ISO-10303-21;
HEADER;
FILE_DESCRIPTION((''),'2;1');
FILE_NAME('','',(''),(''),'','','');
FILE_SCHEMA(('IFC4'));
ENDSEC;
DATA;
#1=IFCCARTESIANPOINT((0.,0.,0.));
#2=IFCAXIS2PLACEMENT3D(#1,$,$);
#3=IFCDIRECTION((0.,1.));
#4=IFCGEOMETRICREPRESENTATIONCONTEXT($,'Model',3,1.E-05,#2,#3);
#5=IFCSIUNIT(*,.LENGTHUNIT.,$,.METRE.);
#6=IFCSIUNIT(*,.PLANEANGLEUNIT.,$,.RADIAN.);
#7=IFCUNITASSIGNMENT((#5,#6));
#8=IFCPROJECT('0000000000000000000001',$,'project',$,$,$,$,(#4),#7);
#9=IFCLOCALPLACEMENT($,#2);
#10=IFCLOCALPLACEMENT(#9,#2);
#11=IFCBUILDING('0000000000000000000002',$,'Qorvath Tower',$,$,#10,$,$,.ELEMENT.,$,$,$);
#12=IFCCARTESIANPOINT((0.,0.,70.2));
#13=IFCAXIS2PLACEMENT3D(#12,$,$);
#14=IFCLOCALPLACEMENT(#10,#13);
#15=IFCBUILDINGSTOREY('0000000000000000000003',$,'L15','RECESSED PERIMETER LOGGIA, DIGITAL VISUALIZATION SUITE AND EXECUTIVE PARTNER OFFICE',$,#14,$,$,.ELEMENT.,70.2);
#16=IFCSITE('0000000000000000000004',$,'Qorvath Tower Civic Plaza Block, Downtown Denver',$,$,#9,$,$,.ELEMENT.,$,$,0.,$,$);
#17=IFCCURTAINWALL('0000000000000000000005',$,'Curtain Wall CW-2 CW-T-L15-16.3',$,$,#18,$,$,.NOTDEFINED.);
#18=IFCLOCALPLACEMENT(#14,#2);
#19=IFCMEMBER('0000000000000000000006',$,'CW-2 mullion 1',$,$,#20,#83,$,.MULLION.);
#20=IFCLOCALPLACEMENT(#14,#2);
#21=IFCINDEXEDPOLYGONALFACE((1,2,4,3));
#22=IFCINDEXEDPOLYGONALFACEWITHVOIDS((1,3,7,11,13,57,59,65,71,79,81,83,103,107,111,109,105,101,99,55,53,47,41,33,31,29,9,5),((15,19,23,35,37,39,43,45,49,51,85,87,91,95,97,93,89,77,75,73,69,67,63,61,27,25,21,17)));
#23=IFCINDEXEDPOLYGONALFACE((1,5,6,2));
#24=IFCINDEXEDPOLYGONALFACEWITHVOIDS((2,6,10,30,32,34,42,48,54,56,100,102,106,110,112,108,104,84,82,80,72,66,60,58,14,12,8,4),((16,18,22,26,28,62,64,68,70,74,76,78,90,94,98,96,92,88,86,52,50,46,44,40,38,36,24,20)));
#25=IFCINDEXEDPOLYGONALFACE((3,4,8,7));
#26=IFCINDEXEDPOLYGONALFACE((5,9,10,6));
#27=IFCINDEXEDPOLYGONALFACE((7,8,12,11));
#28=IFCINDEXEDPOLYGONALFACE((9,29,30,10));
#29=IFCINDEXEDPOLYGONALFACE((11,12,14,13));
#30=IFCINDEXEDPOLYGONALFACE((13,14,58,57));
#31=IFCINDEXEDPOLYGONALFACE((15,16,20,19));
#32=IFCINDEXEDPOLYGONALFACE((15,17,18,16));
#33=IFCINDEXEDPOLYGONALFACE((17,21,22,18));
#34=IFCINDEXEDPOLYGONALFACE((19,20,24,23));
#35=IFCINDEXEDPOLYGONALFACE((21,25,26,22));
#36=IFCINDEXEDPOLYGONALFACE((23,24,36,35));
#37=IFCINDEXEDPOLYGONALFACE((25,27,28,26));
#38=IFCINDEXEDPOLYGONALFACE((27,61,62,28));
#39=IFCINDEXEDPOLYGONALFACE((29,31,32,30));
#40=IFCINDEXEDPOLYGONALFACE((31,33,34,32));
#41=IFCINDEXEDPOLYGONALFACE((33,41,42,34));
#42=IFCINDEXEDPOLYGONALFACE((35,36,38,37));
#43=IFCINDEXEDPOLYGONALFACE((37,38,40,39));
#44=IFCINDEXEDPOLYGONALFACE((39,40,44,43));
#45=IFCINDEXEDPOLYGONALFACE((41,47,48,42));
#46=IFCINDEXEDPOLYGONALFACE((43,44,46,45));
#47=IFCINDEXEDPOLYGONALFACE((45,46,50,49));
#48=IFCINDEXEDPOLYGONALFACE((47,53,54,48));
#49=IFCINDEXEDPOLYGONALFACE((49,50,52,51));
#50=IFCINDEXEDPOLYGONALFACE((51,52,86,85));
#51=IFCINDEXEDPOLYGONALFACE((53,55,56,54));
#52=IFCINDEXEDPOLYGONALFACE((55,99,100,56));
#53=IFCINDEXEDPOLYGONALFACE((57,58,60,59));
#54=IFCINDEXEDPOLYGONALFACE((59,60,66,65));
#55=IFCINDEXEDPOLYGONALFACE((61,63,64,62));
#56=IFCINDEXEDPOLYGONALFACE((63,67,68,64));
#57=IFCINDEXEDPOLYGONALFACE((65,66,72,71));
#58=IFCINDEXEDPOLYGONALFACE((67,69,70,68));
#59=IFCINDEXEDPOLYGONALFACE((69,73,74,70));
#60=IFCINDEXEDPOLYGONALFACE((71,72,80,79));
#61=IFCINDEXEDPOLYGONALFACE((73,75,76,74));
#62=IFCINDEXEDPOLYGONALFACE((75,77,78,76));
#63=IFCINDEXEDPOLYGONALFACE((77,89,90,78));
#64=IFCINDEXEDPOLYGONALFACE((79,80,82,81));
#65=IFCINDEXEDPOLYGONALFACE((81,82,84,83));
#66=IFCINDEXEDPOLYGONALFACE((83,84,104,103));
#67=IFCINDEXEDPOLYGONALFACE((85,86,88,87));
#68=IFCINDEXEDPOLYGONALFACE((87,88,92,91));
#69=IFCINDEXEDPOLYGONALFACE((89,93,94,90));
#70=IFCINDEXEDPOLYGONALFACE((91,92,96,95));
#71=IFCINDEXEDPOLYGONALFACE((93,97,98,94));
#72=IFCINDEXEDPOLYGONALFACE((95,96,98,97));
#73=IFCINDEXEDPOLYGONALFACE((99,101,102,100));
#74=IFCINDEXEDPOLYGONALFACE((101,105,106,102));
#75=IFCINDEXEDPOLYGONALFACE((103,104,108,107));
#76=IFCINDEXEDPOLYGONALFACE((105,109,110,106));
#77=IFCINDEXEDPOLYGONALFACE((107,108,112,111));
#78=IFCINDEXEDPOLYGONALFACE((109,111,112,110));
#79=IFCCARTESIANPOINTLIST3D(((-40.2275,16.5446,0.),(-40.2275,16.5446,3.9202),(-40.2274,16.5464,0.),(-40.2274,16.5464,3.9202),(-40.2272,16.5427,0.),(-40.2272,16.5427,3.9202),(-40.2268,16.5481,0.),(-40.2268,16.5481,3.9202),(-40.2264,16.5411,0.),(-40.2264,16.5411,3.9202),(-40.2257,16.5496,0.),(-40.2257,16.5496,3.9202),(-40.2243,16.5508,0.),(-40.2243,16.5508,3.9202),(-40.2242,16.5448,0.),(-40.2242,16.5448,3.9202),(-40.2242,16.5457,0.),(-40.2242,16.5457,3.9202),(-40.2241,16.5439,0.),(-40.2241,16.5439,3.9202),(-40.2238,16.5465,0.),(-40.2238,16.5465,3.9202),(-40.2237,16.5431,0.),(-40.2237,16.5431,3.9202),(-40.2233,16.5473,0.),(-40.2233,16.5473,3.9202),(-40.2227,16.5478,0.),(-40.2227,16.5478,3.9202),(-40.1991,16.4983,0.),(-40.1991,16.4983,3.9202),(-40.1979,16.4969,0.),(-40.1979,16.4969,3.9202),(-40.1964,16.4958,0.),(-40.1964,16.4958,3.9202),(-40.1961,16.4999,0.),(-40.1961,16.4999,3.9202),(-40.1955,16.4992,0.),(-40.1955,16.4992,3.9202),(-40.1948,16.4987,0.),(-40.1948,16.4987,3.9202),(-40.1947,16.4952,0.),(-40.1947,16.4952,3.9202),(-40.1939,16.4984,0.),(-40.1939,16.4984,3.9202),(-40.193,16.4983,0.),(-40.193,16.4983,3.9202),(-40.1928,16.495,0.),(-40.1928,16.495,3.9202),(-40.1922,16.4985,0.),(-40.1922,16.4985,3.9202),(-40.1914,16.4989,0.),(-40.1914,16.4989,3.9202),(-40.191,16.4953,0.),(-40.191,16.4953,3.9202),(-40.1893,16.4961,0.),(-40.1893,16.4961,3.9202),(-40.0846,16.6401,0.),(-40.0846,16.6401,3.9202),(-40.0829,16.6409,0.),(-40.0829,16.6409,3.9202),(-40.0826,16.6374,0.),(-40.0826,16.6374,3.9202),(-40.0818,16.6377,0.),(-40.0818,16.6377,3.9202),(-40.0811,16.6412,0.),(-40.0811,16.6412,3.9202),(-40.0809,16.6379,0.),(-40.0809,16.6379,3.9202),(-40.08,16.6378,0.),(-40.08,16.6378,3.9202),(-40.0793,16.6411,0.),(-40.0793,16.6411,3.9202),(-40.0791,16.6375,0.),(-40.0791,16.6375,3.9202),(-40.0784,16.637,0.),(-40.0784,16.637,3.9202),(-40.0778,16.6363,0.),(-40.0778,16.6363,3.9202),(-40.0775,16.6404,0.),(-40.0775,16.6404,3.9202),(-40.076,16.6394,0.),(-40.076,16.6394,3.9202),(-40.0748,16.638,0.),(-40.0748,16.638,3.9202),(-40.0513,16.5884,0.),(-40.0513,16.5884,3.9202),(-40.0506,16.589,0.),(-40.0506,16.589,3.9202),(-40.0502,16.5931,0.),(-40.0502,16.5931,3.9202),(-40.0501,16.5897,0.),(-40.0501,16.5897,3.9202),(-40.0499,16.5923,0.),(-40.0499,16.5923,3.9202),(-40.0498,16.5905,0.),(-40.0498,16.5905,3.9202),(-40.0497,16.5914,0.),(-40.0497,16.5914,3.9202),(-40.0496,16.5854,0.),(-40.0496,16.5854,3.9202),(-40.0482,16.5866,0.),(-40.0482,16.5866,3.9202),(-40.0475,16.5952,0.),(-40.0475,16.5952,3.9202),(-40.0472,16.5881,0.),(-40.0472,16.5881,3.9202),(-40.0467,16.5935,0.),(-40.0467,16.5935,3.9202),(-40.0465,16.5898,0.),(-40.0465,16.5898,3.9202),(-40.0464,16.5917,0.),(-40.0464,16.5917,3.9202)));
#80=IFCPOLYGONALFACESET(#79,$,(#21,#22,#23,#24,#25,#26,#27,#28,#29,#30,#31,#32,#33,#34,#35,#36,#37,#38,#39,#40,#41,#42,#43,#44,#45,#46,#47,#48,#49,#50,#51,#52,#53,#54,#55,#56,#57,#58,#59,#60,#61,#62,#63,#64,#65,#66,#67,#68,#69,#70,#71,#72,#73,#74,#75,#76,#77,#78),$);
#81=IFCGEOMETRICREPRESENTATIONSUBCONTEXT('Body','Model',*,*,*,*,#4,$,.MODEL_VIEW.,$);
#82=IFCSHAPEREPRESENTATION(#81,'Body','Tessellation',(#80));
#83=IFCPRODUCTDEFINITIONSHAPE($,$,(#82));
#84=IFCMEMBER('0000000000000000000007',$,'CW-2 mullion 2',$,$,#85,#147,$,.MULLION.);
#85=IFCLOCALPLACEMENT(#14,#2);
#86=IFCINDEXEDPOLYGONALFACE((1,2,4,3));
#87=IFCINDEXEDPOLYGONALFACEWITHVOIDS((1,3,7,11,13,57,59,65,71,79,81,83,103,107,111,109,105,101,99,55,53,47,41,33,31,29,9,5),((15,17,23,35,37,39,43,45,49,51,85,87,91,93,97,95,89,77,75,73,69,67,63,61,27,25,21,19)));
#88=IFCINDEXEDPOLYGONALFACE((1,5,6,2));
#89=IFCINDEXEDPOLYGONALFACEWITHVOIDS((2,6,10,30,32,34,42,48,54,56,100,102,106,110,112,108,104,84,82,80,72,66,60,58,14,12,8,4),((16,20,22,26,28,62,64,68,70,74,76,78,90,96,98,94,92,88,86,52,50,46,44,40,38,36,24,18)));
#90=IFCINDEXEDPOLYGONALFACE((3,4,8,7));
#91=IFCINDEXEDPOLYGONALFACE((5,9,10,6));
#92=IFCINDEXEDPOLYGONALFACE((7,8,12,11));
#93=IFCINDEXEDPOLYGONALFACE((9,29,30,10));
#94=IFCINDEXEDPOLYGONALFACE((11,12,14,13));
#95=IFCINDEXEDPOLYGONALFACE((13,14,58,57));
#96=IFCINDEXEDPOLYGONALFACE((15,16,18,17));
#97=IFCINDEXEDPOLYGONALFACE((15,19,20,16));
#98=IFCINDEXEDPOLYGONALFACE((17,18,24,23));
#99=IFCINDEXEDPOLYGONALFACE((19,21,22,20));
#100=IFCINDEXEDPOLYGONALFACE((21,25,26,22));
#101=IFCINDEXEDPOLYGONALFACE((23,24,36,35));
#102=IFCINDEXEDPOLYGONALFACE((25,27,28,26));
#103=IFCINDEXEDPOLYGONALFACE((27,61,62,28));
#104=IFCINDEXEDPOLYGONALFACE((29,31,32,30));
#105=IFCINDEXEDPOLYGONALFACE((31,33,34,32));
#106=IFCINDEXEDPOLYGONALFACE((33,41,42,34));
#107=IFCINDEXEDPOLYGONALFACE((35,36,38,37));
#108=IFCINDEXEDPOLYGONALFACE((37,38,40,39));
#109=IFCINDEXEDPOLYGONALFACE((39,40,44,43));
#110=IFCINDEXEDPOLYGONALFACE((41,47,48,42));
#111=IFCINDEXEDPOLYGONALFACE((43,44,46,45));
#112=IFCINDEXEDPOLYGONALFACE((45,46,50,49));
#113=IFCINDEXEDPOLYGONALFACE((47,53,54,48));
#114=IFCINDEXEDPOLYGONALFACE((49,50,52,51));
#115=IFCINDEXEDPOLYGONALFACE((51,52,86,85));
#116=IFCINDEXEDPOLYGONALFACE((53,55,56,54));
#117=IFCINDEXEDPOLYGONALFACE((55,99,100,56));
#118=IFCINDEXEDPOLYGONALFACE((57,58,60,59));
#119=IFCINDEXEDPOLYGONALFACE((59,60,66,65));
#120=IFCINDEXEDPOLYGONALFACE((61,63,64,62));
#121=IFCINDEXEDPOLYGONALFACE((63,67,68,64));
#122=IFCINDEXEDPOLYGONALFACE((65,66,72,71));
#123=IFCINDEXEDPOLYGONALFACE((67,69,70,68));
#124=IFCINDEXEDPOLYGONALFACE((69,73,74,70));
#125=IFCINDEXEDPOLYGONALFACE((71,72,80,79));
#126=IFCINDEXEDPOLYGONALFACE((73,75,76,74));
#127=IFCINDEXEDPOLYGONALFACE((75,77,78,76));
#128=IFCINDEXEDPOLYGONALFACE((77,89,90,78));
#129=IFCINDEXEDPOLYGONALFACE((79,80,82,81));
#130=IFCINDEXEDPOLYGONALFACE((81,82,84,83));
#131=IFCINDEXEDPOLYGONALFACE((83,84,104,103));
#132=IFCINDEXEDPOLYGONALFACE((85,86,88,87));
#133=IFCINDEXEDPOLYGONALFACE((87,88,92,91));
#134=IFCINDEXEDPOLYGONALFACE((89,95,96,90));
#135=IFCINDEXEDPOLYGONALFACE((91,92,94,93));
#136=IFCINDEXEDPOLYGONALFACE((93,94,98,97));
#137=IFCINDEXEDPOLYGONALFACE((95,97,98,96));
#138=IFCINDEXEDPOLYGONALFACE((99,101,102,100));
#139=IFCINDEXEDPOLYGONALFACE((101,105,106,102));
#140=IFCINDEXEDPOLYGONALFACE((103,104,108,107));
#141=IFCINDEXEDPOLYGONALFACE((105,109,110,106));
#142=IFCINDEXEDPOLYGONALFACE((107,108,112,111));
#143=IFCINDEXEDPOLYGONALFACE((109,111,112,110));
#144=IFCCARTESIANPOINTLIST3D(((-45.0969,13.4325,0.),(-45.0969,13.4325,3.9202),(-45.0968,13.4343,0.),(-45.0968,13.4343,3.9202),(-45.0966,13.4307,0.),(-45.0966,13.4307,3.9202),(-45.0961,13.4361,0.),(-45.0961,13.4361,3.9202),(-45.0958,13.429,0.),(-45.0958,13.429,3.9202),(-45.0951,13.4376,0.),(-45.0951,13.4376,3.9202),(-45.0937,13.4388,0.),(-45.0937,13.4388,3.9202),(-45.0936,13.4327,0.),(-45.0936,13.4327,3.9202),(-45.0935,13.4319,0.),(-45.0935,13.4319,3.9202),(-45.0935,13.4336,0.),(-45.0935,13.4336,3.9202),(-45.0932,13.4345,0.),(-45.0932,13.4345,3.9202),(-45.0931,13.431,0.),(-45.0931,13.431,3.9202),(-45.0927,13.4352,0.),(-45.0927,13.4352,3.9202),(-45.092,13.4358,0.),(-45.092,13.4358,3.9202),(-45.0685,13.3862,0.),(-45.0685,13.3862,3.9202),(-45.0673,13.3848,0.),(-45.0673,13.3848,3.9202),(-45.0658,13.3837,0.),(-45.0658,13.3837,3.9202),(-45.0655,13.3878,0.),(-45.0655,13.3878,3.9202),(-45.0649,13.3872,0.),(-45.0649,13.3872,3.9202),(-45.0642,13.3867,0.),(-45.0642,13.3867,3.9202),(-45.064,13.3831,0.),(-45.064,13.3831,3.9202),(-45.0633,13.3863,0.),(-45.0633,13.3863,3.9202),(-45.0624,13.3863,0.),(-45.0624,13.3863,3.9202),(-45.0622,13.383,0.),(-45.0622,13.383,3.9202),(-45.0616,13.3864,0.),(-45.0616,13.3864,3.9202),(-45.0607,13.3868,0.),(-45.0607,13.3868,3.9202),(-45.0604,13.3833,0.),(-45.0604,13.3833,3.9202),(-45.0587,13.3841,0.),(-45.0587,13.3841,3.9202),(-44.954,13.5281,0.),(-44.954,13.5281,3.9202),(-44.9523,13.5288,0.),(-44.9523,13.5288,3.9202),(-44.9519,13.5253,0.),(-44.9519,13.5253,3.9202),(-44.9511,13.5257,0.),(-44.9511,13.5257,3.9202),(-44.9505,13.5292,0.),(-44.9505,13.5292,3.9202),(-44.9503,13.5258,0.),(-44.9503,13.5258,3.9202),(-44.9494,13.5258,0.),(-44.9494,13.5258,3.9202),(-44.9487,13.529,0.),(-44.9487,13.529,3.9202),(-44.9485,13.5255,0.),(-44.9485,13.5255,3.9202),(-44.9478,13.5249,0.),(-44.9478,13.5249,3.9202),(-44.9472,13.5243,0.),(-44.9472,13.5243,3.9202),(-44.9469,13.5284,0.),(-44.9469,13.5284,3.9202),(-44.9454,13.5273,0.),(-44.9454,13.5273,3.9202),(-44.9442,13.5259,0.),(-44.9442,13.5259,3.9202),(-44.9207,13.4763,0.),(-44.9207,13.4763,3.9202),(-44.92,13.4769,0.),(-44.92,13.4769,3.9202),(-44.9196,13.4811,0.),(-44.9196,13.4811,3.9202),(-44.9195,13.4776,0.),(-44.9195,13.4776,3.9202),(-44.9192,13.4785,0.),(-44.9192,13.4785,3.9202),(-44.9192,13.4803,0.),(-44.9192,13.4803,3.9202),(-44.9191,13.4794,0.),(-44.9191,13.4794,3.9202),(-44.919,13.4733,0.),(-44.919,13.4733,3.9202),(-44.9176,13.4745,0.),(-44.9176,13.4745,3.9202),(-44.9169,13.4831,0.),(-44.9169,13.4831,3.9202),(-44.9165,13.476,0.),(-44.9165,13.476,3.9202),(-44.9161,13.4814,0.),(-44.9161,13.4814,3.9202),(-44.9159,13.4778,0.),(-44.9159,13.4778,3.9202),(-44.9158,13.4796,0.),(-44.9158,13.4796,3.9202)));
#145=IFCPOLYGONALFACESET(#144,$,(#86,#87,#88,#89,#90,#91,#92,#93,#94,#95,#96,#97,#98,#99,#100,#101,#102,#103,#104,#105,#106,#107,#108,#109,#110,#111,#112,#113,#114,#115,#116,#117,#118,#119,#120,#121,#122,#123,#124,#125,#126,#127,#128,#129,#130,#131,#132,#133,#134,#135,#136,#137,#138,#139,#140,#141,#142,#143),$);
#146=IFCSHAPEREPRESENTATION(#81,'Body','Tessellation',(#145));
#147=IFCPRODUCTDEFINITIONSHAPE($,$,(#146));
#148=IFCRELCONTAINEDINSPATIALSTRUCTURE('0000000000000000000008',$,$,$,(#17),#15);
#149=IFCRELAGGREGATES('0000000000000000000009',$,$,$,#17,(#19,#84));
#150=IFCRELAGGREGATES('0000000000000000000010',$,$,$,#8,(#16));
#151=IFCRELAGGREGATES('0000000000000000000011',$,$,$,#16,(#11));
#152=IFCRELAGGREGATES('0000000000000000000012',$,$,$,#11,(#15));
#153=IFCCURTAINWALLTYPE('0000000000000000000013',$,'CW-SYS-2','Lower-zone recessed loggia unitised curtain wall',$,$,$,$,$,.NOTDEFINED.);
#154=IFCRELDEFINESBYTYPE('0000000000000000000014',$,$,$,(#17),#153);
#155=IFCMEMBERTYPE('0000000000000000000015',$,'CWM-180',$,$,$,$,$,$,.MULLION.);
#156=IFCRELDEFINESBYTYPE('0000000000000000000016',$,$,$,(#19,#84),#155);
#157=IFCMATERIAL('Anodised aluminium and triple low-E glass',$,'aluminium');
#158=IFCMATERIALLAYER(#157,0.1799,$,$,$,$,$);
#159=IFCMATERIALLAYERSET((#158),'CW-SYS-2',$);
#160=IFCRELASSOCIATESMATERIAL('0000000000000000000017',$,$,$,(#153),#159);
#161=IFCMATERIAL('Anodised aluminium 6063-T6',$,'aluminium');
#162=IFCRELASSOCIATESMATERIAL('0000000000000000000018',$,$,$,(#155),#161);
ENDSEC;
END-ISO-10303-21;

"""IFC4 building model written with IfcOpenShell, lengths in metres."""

from ifc_helpers import new_model, si_unit, direction, frame, origin, origin_2d, place, context, subcontext, project, spatial, hollow_rectangle, extrude, material, layer, layer_set, material_profile, profile_set, type_object, element, aggregate, save


model = new_model("IFC4")

# Units and contexts
model_context = context("Model", 3, precision=1e-05, world=origin(), true_north=direction((0.0, 1.0)))
body_context = subcontext(model_context, "Body", "Model", "MODEL_VIEW")
ifc_project = project(units=[si_unit("LENGTHUNIT", "METRE"), si_unit("PLANEANGLEUNIT", "RADIAN")], contexts=[model_context])

# Site, building, storey
site_placement = place(None, origin())
site = spatial("IfcSite", under=ifc_project, at=site_placement, Name="Qorvath Tower Civic Plaza Block, Downtown Denver", CompositionType="ELEMENT", RefElevation=0.0)
building_placement = place(site_placement, origin())
building = spatial("IfcBuilding", under=site, at=building_placement, Name="Qorvath Tower", CompositionType="ELEMENT")
storey_placement = place(building_placement, frame((0.0, 0.0, 70.2)))
storey = spatial("IfcBuildingStorey", under=building, at=storey_placement, Name="L15", Description="RECESSED PERIMETER LOGGIA, DIGITAL VISUALIZATION SUITE AND EXECUTIVE PARTNER OFFICE", CompositionType="ELEMENT", Elevation=70.2)

# Shared definitions
ifc_material_1 = material(Name="Anodised aluminium and triple low-E glass", Category="aluminium")
ifc_layer_1 = layer(ifc_material_1, 0.1799)
ifc_layer_set_1 = layer_set([ifc_layer_1], Name="CW-SYS-2")
curtain_wall_type = type_object("IfcCurtainWallType", Name="CW-SYS-2", Description="Lower-zone recessed loggia unitised curtain wall", PredefinedType="NOTDEFINED", material=ifc_layer_set_1)
ifc_material_2 = material(Name="Anodised aluminium 6063-T6", Category="aluminium")
ifc_material_profile_1 = material_profile(ifc_material_2, hollow_rectangle(XDim=0.0649, YDim=0.1799, WallThickness=0.0034, InnerFilletRadius=0.0034, OuterFilletRadius=0.0071, at=origin_2d()), Name="CWM 180x65")
ifc_profile_set_1 = profile_set([ifc_material_profile_1], Name="Anodised aluminium 6063-T6")
member_type_1 = type_object("IfcMemberType", Name="CWM-180", PredefinedType="MULLION", material=ifc_profile_set_1)

# Curtain wall, members
curtain_wall_1_placement = place(storey_placement, origin())
curtain_wall_1 = element("IfcCurtainWall", 1, at=curtain_wall_1_placement, inside=storey, type_object=curtain_wall_type, Name="Curtain Wall CW-2 CW-T-L15-16.3", PredefinedType="NOTDEFINED")
member_1_placement = place(storey_placement, frame((-40.137, 16.5681, 0.0), z_axis=(0.0, 0.0, 1.0), x_axis=(0.538531, -0.842606, 0.0)))
member_1 = element("IfcMember", 2, at=member_1_placement, type_object=member_type_1, Name="CW-2 mullion 1", PredefinedType="MULLION", context=body_context, shape_type="SweptSolid", body=[
    extrude(hollow_rectangle(XDim=0.0649, YDim=0.1799, WallThickness=0.0034, InnerFilletRadius=0.0034, OuterFilletRadius=0.0071, at=origin_2d()), origin(), (0.0, 0.0, 1.0), 3.9202),
])
member_2_placement = place(storey_placement, frame((-45.0063, 13.4561, 0.0), z_axis=(0.0, 0.0, 1.0), x_axis=(0.538531, -0.842606, 0.0)))
member_2 = element("IfcMember", 3, at=member_2_placement, type_object=member_type_1, Name="CW-2 mullion 2", PredefinedType="MULLION", context=body_context, shape_type="SweptSolid", body=[
    extrude(hollow_rectangle(XDim=0.0649, YDim=0.1799, WallThickness=0.0034, InnerFilletRadius=0.0034, OuterFilletRadius=0.0071, at=origin_2d()), origin(), (0.0, 0.0, 1.0), 3.9202),
])
aggregate(curtain_wall_1, [member_1, member_2])

save(model, "model.ifc")
